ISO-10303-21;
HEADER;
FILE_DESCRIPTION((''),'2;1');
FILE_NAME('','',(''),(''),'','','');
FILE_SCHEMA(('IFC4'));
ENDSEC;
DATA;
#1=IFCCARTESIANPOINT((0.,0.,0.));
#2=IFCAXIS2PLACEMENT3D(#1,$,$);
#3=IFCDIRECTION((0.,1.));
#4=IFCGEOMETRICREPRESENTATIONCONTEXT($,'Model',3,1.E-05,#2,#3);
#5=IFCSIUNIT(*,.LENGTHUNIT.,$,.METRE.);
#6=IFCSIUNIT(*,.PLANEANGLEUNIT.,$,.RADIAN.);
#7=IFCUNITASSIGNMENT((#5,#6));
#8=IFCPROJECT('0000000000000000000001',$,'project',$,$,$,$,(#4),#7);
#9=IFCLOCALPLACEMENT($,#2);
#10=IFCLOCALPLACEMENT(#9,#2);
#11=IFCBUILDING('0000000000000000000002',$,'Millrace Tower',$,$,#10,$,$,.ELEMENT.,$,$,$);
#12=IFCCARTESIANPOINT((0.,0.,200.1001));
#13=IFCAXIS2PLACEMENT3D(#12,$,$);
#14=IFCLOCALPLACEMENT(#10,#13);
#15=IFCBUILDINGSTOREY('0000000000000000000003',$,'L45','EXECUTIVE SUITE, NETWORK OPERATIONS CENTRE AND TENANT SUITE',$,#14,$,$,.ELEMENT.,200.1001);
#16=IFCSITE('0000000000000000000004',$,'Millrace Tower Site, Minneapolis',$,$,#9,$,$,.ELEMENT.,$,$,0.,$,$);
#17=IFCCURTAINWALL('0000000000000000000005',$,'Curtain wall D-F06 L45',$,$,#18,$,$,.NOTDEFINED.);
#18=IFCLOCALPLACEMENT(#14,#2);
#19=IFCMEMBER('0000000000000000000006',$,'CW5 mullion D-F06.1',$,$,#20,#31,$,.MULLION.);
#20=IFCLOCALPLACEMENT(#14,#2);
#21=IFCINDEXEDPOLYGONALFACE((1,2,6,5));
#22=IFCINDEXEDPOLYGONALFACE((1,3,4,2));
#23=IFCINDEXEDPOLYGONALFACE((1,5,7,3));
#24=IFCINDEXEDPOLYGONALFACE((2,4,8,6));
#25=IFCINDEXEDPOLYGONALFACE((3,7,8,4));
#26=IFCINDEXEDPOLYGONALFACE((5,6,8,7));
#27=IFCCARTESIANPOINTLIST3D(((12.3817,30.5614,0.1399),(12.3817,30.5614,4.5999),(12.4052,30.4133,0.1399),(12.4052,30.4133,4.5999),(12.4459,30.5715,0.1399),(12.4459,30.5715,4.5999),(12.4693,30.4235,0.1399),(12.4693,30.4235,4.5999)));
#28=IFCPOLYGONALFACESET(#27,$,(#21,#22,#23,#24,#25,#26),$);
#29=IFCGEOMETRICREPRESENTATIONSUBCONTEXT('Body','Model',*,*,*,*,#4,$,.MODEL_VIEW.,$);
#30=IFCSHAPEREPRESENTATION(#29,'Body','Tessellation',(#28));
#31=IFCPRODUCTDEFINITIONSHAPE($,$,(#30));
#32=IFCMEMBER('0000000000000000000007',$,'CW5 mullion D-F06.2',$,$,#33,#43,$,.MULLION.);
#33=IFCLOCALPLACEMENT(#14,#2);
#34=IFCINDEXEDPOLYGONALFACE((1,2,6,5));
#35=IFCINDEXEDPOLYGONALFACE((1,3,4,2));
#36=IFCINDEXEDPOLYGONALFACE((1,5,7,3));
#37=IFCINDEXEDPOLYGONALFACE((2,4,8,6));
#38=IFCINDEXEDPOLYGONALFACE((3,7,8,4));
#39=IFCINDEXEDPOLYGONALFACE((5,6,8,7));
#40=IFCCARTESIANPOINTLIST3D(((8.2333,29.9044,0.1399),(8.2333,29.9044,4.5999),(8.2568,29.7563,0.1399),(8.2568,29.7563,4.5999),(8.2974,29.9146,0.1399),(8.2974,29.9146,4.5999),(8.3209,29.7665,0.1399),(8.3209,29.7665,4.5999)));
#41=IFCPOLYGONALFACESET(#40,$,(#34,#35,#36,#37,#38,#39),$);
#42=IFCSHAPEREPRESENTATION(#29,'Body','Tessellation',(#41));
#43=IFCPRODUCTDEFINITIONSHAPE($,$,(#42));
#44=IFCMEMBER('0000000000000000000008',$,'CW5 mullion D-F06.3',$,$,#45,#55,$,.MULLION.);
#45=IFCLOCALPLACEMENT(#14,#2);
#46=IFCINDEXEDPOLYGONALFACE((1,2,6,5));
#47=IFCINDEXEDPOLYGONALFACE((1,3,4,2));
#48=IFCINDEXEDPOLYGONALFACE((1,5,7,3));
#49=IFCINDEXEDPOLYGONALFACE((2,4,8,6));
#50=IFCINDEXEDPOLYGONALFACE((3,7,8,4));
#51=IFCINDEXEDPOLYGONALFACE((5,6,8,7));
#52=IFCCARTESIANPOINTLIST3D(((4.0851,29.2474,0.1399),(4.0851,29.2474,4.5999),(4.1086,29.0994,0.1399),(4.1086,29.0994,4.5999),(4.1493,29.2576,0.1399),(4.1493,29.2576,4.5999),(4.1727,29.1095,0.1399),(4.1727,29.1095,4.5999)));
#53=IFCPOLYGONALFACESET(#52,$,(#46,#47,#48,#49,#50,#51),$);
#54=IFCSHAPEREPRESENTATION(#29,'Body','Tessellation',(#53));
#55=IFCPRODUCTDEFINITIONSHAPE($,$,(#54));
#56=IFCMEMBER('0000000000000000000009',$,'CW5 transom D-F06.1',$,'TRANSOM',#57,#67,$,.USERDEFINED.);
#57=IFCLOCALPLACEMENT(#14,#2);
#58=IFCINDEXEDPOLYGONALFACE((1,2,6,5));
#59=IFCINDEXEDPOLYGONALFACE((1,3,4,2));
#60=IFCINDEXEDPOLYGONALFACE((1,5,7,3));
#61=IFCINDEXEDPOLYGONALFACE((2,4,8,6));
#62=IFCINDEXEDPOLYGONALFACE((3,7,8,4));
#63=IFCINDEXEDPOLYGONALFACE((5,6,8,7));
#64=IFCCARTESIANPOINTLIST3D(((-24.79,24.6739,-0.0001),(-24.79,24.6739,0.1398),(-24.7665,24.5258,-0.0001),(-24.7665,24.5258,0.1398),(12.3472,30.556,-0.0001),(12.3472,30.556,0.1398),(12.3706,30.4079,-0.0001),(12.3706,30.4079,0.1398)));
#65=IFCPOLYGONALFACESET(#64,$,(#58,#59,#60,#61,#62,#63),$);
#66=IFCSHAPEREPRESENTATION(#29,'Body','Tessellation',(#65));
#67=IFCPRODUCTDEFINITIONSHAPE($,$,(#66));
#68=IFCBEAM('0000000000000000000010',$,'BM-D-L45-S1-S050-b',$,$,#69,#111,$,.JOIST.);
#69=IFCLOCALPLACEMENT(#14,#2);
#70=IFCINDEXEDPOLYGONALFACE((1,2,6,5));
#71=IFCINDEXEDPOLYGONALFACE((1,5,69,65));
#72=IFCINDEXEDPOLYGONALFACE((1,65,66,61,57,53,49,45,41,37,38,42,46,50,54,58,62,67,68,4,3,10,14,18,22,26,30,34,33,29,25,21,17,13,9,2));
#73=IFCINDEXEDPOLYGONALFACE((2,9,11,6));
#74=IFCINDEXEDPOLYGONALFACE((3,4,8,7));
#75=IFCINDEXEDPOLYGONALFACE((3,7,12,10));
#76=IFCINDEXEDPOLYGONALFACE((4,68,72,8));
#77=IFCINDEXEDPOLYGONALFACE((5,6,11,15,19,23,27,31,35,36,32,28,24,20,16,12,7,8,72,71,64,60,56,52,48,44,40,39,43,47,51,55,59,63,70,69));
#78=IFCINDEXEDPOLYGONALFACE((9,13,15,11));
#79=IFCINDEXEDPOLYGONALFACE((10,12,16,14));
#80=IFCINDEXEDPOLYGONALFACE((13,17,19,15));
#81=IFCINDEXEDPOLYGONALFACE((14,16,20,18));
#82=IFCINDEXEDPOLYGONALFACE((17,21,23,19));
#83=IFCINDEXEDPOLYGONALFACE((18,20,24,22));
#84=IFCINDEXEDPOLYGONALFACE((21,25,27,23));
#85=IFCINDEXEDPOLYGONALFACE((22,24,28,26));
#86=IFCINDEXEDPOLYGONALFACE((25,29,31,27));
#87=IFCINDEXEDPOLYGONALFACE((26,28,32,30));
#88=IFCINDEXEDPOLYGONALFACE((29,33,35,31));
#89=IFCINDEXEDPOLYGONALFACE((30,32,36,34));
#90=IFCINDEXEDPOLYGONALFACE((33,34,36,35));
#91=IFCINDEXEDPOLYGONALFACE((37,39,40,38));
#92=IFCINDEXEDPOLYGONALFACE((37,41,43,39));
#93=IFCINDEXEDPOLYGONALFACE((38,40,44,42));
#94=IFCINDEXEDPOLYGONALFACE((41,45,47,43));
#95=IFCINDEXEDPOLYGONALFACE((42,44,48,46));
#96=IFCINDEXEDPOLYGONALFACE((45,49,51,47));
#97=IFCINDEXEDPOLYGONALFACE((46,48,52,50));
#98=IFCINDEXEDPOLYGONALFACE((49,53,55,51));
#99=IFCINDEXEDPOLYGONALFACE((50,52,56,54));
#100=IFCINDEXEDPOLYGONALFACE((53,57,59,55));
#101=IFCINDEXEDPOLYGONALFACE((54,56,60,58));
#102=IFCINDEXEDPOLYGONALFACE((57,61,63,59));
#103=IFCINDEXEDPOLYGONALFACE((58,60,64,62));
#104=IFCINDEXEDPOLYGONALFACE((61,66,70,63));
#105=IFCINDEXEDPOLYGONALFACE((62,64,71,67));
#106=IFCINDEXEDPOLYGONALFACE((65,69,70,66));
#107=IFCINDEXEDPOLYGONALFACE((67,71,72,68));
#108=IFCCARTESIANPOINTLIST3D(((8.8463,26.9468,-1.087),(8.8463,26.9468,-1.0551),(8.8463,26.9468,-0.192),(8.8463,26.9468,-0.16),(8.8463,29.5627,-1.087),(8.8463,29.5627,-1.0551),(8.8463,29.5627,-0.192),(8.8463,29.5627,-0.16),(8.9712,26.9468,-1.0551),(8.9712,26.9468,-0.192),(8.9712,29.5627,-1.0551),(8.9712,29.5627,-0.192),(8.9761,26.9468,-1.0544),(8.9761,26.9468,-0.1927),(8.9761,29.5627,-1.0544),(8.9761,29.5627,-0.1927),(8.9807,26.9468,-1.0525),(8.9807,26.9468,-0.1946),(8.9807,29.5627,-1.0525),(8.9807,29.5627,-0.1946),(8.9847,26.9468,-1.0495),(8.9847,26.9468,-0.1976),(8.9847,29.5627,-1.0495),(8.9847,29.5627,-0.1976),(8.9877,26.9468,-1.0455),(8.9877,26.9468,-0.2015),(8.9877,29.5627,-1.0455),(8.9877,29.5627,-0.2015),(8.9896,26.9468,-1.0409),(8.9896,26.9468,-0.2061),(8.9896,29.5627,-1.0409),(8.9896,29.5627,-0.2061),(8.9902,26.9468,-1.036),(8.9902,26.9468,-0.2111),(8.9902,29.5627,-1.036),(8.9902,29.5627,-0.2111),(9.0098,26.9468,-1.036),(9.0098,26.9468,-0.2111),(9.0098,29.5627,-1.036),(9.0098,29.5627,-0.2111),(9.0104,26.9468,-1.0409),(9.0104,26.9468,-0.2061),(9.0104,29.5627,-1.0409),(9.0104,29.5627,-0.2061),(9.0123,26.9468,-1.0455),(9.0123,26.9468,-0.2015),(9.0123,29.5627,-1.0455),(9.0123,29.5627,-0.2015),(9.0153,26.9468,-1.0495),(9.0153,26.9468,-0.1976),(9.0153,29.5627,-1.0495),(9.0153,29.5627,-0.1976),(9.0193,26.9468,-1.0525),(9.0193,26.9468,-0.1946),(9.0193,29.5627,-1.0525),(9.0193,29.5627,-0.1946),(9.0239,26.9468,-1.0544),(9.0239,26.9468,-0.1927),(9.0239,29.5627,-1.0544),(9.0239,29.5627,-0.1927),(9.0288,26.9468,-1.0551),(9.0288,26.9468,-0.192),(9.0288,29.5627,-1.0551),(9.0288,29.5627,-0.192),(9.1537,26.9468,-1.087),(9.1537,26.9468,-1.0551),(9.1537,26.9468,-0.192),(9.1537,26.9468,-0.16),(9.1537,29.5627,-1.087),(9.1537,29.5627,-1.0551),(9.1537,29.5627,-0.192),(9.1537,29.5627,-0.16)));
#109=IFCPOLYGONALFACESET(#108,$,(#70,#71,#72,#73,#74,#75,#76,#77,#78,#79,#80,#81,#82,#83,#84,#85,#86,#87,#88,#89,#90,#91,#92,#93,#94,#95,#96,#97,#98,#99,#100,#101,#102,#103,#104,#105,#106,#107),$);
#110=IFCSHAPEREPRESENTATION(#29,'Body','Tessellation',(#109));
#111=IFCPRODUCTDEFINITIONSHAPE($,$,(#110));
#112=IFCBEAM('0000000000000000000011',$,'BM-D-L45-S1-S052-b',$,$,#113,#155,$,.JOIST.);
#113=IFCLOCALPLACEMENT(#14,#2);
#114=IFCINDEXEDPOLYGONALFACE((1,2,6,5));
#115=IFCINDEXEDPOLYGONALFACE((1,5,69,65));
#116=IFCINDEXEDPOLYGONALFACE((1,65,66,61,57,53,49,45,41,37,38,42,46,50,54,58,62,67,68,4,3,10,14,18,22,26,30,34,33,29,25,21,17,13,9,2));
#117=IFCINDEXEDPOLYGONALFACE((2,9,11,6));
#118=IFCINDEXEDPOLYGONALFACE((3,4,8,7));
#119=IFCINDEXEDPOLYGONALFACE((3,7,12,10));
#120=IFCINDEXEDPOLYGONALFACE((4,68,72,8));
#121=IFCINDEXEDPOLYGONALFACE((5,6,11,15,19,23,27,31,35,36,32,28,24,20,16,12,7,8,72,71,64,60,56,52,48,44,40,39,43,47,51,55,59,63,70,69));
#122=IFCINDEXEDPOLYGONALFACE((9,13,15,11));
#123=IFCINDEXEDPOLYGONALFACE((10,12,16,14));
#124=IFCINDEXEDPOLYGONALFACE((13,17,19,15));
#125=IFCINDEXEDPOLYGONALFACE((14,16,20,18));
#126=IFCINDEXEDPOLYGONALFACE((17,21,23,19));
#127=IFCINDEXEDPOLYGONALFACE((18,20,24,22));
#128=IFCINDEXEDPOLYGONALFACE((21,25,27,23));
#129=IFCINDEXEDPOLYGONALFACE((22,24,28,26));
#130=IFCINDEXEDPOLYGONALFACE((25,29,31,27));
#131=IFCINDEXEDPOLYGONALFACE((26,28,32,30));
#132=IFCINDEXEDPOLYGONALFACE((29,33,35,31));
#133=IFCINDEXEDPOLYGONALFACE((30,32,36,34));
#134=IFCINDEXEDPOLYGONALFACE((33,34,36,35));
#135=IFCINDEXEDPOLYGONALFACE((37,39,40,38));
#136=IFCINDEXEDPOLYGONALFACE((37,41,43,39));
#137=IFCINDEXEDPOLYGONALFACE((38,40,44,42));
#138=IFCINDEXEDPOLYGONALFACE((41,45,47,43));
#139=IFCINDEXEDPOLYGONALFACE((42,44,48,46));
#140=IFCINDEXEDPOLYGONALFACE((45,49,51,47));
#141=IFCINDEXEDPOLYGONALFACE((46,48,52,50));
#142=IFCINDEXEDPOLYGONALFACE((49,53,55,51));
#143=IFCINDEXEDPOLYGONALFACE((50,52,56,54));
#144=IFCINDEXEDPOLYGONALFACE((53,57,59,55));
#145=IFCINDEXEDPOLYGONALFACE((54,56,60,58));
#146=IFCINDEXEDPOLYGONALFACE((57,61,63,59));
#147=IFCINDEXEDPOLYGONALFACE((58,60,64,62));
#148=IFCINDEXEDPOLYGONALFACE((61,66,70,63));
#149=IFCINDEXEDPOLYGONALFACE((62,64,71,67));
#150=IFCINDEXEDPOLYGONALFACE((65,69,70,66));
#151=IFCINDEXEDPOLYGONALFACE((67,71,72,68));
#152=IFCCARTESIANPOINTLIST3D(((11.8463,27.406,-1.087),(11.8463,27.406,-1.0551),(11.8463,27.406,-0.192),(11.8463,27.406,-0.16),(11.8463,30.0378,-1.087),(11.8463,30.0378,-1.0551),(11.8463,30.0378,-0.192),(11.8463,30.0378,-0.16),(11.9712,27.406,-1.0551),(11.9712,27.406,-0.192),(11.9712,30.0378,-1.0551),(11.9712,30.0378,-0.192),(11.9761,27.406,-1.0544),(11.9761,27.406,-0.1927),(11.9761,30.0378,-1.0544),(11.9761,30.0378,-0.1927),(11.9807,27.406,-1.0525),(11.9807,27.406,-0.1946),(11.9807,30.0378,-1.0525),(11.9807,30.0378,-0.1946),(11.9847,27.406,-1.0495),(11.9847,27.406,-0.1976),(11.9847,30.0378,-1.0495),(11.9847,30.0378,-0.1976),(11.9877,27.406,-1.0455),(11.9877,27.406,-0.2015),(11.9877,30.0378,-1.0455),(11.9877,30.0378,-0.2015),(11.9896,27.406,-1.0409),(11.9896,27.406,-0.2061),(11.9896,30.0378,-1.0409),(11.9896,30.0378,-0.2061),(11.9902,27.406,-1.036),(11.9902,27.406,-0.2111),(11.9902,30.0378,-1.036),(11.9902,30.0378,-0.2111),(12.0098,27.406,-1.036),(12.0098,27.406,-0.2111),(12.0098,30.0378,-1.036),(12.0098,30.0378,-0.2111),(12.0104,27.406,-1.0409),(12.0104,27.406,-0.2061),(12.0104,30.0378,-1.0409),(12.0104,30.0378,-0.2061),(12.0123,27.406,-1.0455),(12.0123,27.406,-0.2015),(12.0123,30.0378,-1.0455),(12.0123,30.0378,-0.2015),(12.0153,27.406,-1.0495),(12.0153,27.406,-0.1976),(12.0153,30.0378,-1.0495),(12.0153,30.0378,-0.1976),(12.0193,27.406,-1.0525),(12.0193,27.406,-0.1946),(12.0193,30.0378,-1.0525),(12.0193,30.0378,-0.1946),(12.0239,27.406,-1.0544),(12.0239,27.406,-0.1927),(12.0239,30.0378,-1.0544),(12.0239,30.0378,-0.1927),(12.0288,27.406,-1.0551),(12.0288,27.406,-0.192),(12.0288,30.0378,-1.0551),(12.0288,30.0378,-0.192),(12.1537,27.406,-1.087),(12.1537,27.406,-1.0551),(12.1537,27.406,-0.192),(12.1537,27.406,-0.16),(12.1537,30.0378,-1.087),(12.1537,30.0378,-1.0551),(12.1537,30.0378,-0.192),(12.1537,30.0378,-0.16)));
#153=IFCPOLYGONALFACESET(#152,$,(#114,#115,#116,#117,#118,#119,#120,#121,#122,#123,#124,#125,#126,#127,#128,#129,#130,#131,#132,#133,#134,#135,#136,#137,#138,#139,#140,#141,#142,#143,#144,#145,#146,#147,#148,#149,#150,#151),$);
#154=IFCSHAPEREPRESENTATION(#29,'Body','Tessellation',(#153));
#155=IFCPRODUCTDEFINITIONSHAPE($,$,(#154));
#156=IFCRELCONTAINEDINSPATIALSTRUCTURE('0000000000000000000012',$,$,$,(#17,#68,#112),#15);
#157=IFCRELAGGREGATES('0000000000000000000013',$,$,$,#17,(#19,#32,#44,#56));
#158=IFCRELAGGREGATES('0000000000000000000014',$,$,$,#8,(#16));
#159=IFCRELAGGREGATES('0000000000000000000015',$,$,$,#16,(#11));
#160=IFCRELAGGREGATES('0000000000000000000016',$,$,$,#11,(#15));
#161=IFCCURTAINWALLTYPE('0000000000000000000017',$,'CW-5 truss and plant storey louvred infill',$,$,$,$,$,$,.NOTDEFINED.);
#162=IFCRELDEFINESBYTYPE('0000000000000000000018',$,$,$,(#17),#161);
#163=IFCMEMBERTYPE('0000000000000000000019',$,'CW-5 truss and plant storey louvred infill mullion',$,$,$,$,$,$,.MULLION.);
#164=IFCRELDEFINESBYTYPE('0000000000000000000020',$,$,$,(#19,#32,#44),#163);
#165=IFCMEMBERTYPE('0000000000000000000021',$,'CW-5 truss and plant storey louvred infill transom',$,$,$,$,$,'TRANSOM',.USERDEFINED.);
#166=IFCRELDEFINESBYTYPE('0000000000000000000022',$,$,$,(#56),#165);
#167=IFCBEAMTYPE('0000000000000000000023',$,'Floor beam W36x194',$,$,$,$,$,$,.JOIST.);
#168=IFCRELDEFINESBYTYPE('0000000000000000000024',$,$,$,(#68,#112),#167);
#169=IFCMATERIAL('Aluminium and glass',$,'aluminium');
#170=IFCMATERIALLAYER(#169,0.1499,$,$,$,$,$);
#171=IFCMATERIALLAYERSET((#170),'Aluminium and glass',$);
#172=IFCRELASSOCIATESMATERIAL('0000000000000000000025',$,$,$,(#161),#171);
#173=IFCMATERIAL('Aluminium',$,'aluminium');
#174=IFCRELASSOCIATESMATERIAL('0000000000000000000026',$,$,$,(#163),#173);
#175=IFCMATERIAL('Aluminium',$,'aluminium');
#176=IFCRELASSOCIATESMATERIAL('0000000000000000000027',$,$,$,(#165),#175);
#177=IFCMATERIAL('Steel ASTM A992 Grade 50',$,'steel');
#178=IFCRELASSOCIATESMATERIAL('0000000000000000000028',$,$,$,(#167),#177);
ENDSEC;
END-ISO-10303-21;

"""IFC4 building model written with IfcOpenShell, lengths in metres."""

from ifc_helpers import new_model, si_unit, direction, frame, origin, origin_2d, place, context, subcontext, project, spatial, rectangle, i_section, extrude, material, layer, layer_set, material_profile, profile_set, type_object, element, aggregate, save


model = new_model("IFC4")

# Units and contexts
model_context = context("Model", 3, precision=1e-05, world=origin(), true_north=direction((0.0, 1.0)))
body_context = subcontext(model_context, "Body", "Model", "MODEL_VIEW")
ifc_project = project(units=[si_unit("LENGTHUNIT", "METRE"), si_unit("PLANEANGLEUNIT", "RADIAN")], contexts=[model_context])

# Site, building, storey
site_placement = place(None, origin())
site = spatial("IfcSite", under=ifc_project, at=site_placement, Name="Millrace Tower Site, Minneapolis", CompositionType="ELEMENT", RefElevation=0.0)
building_placement = place(site_placement, origin())
building = spatial("IfcBuilding", under=site, at=building_placement, Name="Millrace Tower", CompositionType="ELEMENT")
storey_placement = place(building_placement, frame((0.0, 0.0, 200.1001)))
storey = spatial("IfcBuildingStorey", under=building, at=storey_placement, Name="L45", Description="EXECUTIVE SUITE, NETWORK OPERATIONS CENTRE AND TENANT SUITE", CompositionType="ELEMENT", Elevation=200.1001)

# Curtain wall, members
ifc_material_1 = material(Name="Aluminium and glass", Category="aluminium")
ifc_layer_1 = layer(ifc_material_1, 0.1499)
ifc_layer_set_1 = layer_set([ifc_layer_1], Name="Aluminium and glass")
curtain_wall_type = type_object("IfcCurtainWallType", Name="CW-5 truss and plant storey louvred infill", PredefinedType="NOTDEFINED", material=ifc_layer_set_1)
curtain_wall_placement = place(storey_placement, origin())
curtain_wall = element("IfcCurtainWall", 1, at=curtain_wall_placement, inside=storey, type_object=curtain_wall_type, Name="Curtain wall D-F06 L45", PredefinedType="NOTDEFINED")
ifc_material_2 = material(Name="Aluminium", Category="aluminium")
ifc_material_profile_1 = material_profile(ifc_material_2, rectangle(XDim=0.0649, YDim=0.1499, at=origin_2d()))
ifc_profile_set_1 = profile_set([ifc_material_profile_1], Name="Aluminium")
member_type_1 = type_object("IfcMemberType", Name="CW-5 truss and plant storey louvred infill mullion", PredefinedType="MULLION", material=ifc_profile_set_1)
member_1_placement = place(storey_placement, frame((12.4255, 30.4924, 0.1399), z_axis=(0.0, 0.0, 1.0), x_axis=(-0.987688, -0.156434, 0.0)))
member_1 = element("IfcMember", 2, at=member_1_placement, type_object=member_type_1, Name="CW5 mullion D-F06.1", PredefinedType="MULLION", context=body_context, shape_type="SweptSolid", body=[
    extrude(rectangle(XDim=0.0649, YDim=0.1499, at=origin_2d()), origin(), (0.0, 0.0, 1.0), 4.46),
])
member_2_placement = place(storey_placement, frame((8.2771, 29.8354, 0.1399), z_axis=(0.0, 0.0, 1.0), x_axis=(-0.987688, -0.156434, 0.0)))
member_2 = element("IfcMember", 3, at=member_2_placement, type_object=member_type_1, Name="CW5 mullion D-F06.2", PredefinedType="MULLION", context=body_context, shape_type="SweptSolid", body=[
    extrude(rectangle(XDim=0.0649, YDim=0.1499, at=origin_2d()), origin(), (0.0, 0.0, 1.0), 4.46),
])
member_3_placement = place(storey_placement, frame((4.1289, 29.1785, 0.1399), z_axis=(0.0, 0.0, 1.0), x_axis=(-0.987688, -0.156434, 0.0)))
member_3 = element("IfcMember", 4, at=member_3_placement, type_object=member_type_1, Name="CW5 mullion D-F06.3", PredefinedType="MULLION", context=body_context, shape_type="SweptSolid", body=[
    extrude(rectangle(XDim=0.0649, YDim=0.1499, at=origin_2d()), origin(), (0.0, 0.0, 1.0), 4.46),
])
ifc_material_3 = material(Name="Aluminium", Category="aluminium")
ifc_material_profile_2 = material_profile(ifc_material_3, rectangle(XDim=0.1499, YDim=0.1399, at=origin_2d()))
ifc_profile_set_2 = profile_set([ifc_material_profile_2], Name="Aluminium")
member_type_2 = type_object("IfcMemberType", Name="CW-5 truss and plant storey louvred infill transom", ElementType="TRANSOM", PredefinedType="USERDEFINED", material=ifc_profile_set_2)
member_4_placement = place(storey_placement, frame((12.3589, 30.4819, 0.0698), z_axis=(-0.987688, -0.156438, 0.0), x_axis=(0.156438, -0.987688, 0.0)))
member_4 = element("IfcMember", 5, at=member_4_placement, type_object=member_type_2, Name="CW5 transom D-F06.1", ObjectType="TRANSOM", PredefinedType="USERDEFINED", context=body_context, shape_type="SweptSolid", body=[
    extrude(rectangle(XDim=0.1499, YDim=0.1399, at=origin_2d()), origin(), (0.0, 0.0, 1.0), 37.6001),
])
aggregate(curtain_wall, [member_1, member_2, member_3, member_4])

# Beams
ifc_material_4 = material(Name="Steel ASTM A992 Grade 50", Category="steel")
ifc_material_profile_3 = material_profile(ifc_material_4, i_section(OverallWidth=0.3074, OverallDepth=0.927, WebThickness=0.0195, FlangeThickness=0.032, FilletRadius=0.019, at=origin_2d()))
ifc_profile_set_3 = profile_set([ifc_material_profile_3], Name="Steel ASTM A992 Grade 50")
beam_type_1 = type_object("IfcBeamType", Name="Floor beam W36x194", PredefinedType="JOIST", material=ifc_profile_set_3)
beam_1_placement = place(storey_placement, frame((9.0, 26.9468, -0.6235), z_axis=(0.0, 1.0, 0.0), x_axis=(-1.0, 0.0, 0.0)))
element("IfcBeam", 6, at=beam_1_placement, inside=storey, type_object=beam_type_1, Name="BM-D-L45-S1-S050-b", PredefinedType="JOIST", context=body_context, shape_type="SweptSolid", body=[
    extrude(i_section(OverallWidth=0.3074, OverallDepth=0.927, WebThickness=0.0195, FlangeThickness=0.032, FilletRadius=0.019, at=origin_2d()), origin(), (0.0, 0.0, 1.0), 2.616),
])
beam_2_placement = place(storey_placement, frame((12.0, 27.406, -0.6235), z_axis=(0.0, 1.0, 0.0), x_axis=(-1.0, 0.0, 0.0)))
element("IfcBeam", 7, at=beam_2_placement, inside=storey, type_object=beam_type_1, Name="BM-D-L45-S1-S052-b", PredefinedType="JOIST", context=body_context, shape_type="SweptSolid", body=[
    extrude(i_section(OverallWidth=0.3074, OverallDepth=0.927, WebThickness=0.0195, FlangeThickness=0.032, FilletRadius=0.019, at=origin_2d()), origin(), (0.0, 0.0, 1.0), 2.6318),
])

save(model, "model.ifc")
